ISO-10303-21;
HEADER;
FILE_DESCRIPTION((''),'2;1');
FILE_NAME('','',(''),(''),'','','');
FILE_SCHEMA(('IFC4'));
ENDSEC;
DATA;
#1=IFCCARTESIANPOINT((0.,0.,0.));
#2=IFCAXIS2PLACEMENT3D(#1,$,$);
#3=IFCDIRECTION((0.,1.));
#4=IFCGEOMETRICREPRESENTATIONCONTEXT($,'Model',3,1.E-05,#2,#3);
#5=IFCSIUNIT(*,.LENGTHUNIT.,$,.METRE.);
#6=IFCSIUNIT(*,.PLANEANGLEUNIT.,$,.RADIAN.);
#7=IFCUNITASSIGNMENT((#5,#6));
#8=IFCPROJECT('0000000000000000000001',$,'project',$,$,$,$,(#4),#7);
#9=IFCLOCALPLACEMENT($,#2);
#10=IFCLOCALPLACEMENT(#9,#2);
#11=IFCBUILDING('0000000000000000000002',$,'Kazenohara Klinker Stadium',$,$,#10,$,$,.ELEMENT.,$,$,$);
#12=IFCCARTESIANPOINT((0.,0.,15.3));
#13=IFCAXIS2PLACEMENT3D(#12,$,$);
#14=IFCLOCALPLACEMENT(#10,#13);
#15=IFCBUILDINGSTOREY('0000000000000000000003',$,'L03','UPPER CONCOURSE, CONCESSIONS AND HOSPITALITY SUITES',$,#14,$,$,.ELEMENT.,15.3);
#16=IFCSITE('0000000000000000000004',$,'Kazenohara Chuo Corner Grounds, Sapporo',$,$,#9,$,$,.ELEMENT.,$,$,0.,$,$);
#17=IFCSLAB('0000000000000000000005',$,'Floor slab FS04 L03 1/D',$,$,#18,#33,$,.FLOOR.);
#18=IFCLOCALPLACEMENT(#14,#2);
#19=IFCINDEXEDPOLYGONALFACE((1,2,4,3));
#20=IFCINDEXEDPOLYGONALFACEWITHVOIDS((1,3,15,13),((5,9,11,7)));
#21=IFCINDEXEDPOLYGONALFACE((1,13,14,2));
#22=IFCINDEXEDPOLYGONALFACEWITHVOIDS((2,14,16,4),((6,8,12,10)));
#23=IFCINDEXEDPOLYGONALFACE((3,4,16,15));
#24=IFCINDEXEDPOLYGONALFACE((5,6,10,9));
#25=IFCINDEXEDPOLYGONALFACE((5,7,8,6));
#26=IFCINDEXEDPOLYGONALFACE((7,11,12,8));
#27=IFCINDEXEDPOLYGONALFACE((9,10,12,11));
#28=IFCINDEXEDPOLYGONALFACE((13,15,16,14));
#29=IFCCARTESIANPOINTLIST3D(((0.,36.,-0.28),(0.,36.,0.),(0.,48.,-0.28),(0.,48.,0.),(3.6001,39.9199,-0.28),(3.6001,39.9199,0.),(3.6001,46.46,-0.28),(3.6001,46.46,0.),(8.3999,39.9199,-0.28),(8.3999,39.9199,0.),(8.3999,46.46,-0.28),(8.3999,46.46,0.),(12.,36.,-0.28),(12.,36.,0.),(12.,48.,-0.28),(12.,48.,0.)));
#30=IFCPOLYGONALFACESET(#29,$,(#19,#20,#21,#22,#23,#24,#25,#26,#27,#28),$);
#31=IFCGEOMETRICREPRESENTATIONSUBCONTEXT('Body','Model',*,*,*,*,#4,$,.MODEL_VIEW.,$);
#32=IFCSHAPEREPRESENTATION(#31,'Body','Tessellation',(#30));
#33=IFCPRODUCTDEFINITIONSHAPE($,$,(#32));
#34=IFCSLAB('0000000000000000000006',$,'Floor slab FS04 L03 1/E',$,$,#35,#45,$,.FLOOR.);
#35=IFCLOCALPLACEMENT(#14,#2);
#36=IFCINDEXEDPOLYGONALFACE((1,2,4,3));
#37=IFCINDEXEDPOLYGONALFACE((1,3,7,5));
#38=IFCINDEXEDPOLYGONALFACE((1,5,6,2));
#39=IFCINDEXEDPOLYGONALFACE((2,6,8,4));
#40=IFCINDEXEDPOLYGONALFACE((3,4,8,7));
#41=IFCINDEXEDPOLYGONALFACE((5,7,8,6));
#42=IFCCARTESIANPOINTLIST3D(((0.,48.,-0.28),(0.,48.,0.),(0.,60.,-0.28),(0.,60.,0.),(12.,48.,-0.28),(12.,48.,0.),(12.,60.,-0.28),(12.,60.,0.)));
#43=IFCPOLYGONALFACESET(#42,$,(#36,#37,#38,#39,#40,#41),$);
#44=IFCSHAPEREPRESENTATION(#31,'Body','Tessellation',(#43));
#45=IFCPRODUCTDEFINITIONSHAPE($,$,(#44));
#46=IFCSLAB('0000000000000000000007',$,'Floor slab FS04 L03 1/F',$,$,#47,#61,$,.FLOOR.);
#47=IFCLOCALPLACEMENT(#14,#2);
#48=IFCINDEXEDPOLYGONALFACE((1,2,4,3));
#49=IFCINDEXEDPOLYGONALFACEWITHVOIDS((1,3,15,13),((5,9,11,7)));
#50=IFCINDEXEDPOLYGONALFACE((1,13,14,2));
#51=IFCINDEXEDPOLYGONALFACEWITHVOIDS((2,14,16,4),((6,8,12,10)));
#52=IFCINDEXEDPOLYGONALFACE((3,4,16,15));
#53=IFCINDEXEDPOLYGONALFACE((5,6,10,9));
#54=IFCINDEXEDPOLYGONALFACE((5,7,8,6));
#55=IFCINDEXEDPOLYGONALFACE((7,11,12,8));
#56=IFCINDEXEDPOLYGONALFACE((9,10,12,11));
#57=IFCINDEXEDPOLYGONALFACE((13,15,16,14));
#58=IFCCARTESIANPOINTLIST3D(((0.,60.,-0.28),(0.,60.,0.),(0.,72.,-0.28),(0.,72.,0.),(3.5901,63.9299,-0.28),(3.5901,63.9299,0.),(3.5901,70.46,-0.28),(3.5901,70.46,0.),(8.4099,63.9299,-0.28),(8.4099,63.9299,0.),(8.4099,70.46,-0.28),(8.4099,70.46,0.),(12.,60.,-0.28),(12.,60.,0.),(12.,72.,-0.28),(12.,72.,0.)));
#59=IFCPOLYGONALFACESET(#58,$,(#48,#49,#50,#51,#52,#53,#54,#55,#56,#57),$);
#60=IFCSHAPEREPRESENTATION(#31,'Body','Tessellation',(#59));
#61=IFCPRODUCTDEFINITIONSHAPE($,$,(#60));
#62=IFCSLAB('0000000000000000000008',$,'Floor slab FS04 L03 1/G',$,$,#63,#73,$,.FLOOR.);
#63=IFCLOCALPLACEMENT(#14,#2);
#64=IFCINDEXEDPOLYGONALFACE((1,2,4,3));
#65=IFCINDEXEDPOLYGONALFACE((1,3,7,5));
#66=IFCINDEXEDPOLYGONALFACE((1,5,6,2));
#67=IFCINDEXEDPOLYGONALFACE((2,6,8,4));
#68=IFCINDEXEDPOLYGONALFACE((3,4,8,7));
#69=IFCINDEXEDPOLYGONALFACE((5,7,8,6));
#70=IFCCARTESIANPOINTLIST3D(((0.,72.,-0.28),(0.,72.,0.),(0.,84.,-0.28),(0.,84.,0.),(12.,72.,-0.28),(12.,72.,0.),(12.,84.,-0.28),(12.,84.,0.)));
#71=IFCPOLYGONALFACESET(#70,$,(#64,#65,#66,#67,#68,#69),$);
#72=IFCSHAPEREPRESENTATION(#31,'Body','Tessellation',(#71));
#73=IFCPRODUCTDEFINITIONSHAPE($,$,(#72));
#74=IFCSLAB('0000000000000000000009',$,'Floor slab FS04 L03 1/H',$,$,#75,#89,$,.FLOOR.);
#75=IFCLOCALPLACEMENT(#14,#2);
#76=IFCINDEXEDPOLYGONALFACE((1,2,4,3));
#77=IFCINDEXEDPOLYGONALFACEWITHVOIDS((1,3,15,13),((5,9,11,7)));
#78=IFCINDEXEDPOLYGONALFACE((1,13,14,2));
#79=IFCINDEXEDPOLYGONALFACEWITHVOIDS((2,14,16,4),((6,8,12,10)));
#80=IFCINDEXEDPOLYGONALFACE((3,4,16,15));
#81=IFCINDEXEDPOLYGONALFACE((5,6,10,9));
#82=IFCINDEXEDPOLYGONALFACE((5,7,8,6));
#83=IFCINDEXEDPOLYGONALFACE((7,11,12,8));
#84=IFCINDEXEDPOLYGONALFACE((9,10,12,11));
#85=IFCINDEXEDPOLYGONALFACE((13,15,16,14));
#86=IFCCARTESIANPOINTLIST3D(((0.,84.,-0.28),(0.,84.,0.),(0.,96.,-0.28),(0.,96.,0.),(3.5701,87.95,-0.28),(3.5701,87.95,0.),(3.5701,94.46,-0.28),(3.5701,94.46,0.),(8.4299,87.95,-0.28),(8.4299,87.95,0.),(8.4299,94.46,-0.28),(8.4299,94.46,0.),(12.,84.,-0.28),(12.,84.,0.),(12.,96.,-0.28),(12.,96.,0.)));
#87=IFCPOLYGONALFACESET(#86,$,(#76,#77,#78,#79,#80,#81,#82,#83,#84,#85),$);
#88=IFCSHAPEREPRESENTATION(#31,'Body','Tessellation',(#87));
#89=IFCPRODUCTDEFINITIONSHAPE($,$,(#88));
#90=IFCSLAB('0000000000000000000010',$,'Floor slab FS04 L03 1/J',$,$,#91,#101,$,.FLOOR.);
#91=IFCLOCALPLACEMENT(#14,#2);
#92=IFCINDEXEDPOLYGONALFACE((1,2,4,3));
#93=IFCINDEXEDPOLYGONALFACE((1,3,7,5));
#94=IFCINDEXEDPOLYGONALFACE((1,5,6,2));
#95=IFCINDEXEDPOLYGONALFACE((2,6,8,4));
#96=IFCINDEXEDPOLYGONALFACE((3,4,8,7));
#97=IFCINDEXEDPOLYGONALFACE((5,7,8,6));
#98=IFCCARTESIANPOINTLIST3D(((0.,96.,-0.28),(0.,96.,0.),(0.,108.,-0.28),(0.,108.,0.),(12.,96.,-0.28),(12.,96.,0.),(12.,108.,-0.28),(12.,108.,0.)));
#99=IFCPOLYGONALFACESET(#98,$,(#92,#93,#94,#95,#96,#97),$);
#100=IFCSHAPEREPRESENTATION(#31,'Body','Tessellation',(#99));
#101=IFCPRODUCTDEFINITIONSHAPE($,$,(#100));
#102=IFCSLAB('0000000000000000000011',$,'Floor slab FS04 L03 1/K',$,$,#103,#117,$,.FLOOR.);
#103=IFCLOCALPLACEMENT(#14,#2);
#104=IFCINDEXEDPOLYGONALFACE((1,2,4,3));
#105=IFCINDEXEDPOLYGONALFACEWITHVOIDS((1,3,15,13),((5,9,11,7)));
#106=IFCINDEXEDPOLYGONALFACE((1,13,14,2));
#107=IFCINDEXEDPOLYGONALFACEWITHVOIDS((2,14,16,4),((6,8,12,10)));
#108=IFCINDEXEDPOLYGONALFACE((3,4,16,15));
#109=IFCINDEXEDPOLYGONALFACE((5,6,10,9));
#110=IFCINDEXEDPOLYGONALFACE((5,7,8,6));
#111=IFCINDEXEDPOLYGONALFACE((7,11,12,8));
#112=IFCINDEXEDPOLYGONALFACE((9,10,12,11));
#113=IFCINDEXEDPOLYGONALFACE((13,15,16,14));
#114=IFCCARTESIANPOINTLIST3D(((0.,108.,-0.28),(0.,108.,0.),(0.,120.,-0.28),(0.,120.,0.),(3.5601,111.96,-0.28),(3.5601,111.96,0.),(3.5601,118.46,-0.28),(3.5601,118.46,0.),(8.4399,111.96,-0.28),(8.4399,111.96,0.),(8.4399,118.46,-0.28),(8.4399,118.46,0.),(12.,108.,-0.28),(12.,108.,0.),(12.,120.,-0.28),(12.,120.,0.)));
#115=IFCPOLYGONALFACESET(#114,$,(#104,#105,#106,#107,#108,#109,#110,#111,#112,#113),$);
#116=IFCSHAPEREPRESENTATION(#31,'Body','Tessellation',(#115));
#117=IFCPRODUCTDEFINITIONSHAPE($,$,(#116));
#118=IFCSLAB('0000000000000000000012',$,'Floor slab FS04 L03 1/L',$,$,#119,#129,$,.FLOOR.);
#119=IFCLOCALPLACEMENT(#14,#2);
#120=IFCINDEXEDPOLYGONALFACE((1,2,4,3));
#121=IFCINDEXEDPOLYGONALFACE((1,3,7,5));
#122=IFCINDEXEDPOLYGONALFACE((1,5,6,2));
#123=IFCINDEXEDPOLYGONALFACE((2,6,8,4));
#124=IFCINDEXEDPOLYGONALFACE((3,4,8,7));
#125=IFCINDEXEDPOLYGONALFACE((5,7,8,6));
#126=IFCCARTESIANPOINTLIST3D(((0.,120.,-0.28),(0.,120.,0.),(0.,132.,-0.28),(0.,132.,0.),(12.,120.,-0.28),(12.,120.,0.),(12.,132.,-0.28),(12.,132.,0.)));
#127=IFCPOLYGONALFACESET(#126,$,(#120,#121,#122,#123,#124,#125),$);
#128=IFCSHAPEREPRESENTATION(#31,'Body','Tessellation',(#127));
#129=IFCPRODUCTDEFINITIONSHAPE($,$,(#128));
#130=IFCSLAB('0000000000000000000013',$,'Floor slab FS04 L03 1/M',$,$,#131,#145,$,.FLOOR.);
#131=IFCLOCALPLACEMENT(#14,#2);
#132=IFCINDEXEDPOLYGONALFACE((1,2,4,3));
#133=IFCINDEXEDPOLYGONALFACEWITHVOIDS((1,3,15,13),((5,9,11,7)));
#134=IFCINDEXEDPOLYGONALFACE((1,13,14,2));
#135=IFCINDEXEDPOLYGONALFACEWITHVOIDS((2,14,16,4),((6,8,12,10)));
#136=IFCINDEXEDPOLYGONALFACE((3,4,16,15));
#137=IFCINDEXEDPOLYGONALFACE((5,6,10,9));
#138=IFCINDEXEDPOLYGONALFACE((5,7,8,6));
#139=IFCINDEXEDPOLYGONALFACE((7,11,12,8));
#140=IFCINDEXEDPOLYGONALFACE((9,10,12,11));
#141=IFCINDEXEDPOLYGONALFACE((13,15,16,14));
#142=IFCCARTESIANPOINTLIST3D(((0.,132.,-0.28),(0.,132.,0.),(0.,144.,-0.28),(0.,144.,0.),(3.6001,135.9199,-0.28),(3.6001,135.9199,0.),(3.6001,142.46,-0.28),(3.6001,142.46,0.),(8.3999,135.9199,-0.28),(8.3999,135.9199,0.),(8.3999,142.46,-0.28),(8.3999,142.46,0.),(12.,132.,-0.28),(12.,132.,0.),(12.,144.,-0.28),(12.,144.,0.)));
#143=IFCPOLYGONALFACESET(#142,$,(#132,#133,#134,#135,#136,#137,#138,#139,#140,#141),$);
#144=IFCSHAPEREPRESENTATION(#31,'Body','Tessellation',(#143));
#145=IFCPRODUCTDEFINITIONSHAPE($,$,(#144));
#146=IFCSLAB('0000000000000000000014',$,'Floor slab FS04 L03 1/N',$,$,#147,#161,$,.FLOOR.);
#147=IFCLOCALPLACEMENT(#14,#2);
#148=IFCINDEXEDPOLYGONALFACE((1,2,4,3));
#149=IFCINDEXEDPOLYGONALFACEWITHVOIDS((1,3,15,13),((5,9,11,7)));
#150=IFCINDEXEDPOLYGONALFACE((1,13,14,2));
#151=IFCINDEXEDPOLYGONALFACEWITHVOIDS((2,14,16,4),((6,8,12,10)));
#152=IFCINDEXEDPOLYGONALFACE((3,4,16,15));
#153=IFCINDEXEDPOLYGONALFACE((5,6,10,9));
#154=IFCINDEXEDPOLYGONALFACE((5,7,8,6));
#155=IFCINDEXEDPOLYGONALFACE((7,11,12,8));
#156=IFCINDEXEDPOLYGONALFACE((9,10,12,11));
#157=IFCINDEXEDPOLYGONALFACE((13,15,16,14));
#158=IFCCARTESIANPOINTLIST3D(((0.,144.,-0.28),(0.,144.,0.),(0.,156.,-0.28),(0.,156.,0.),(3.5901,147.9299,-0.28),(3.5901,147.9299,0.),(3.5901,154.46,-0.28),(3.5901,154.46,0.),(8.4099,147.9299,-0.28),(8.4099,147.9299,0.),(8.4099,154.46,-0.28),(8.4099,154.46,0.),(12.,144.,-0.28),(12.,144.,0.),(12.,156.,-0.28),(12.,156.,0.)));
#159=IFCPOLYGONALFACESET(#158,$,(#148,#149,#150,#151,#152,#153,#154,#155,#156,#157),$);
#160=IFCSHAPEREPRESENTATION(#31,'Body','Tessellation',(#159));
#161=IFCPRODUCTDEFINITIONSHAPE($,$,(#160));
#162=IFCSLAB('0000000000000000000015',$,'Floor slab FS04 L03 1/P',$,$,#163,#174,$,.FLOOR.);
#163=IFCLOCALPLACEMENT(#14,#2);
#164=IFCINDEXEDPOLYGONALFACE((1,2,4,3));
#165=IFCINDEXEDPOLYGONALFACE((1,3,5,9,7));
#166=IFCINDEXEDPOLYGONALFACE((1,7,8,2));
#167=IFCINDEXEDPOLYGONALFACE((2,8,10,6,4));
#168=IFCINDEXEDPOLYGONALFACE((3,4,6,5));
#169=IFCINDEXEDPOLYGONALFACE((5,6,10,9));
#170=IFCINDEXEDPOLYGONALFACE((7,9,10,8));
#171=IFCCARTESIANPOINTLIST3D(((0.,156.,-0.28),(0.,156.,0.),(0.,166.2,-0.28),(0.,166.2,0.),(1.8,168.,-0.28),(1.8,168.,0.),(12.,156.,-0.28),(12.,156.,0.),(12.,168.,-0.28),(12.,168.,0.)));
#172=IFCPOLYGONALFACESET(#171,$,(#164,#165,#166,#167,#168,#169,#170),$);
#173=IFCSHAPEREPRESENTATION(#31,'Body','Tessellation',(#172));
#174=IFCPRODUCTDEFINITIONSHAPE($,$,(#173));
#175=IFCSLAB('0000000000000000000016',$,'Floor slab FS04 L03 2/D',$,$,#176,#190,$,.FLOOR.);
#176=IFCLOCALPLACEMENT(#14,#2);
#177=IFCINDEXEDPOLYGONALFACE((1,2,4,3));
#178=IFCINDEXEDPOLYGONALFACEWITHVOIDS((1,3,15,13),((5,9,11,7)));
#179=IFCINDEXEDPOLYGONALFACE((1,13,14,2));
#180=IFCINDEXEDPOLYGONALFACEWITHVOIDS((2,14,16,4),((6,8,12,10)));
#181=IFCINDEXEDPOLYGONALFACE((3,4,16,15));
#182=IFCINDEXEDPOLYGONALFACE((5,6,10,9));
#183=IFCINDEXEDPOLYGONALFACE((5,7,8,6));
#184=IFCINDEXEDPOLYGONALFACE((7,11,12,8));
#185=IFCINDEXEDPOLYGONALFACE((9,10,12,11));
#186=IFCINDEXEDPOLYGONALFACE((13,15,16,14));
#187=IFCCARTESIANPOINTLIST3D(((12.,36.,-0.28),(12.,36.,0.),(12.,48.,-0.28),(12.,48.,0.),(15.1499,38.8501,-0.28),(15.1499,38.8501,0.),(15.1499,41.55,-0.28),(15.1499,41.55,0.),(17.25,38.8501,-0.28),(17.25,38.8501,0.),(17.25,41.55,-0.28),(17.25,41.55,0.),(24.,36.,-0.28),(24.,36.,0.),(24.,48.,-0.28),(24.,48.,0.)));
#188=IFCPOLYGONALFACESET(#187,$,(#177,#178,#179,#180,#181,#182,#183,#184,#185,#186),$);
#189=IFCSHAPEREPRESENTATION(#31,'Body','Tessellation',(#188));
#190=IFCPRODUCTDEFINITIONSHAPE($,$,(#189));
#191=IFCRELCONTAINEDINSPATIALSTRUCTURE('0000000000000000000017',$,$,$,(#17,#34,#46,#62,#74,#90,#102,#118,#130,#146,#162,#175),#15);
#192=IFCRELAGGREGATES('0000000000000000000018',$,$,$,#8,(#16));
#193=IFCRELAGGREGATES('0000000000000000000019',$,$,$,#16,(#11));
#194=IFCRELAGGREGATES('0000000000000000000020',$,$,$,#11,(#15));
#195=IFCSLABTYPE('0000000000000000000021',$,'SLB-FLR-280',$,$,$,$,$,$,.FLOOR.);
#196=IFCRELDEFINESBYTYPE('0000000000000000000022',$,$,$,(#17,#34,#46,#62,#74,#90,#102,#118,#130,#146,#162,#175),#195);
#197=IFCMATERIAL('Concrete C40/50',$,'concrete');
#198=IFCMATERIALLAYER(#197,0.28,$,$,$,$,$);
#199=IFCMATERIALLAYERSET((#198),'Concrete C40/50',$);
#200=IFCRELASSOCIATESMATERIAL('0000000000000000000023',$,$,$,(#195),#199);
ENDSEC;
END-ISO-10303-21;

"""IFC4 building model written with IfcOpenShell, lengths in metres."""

from ifc_helpers import new_model, si_unit, direction, frame, origin, place, context, subcontext, project, spatial, polyline, outline, extrude, material, layer, layer_set, type_object, element, save


model = new_model("IFC4")

# Units and contexts
model_context = context("Model", 3, precision=1e-05, world=origin(), true_north=direction((0.0, 1.0)))
body_context = subcontext(model_context, "Body", "Model", "MODEL_VIEW")
ifc_project = project(units=[si_unit("LENGTHUNIT", "METRE"), si_unit("PLANEANGLEUNIT", "RADIAN")], contexts=[model_context])

# Site, building, storey
site_placement = place(None, origin())
site = spatial("IfcSite", under=ifc_project, at=site_placement, Name="Kazenohara Chuo Corner Grounds, Sapporo", CompositionType="ELEMENT", RefElevation=0.0)
building_placement = place(site_placement, origin())
building = spatial("IfcBuilding", under=site, at=building_placement, Name="Kazenohara Klinker Stadium", CompositionType="ELEMENT")
storey_placement = place(building_placement, frame((0.0, 0.0, 15.3)))
storey = spatial("IfcBuildingStorey", under=building, at=storey_placement, Name="L03", Description="UPPER CONCOURSE, CONCESSIONS AND HOSPITALITY SUITES", CompositionType="ELEMENT", Elevation=15.3)

# Slabs
ifc_material = material(Name="Concrete C40/50", Category="concrete")
ifc_layer = layer(ifc_material, 0.28)
ifc_layer_set = layer_set([ifc_layer], Name="Concrete C40/50")
slab_type = type_object("IfcSlabType", Name="SLB-FLR-280", PredefinedType="FLOOR", material=ifc_layer_set)
slab_1_placement = place(storey_placement, frame((0.0, 0.0, -0.28)))
element("IfcSlab", 1, at=slab_1_placement, inside=storey, type_object=slab_type, Name="Floor slab FS04 L03 1/D", PredefinedType="FLOOR", context=body_context, shape_type="SweptSolid", body=[
    extrude(outline(polyline([(0.0, 36.0), (12.0, 36.0), (12.0, 48.0), (0.0, 48.0), (0.0, 36.0)]), holes=[polyline([(8.3999, 39.9199), (8.3999, 46.46), (3.6001, 46.46), (3.6001, 39.9199), (8.3999, 39.9199)])]), origin(), (0.0, 0.0, 1.0), 0.28),
])
slab_2_placement = place(storey_placement, frame((0.0, 0.0, -0.28)))
element("IfcSlab", 2, at=slab_2_placement, inside=storey, type_object=slab_type, Name="Floor slab FS04 L03 1/E", PredefinedType="FLOOR", context=body_context, shape_type="SweptSolid", body=[
    extrude(outline(polyline([(0.0, 48.0), (12.0, 48.0), (12.0, 60.0), (0.0, 60.0), (0.0, 48.0)])), origin(), (0.0, 0.0, 1.0), 0.28),
])
slab_3_placement = place(storey_placement, frame((0.0, 0.0, -0.28)))
element("IfcSlab", 3, at=slab_3_placement, inside=storey, type_object=slab_type, Name="Floor slab FS04 L03 1/F", PredefinedType="FLOOR", context=body_context, shape_type="SweptSolid", body=[
    extrude(outline(polyline([(0.0, 60.0), (12.0, 60.0), (12.0, 72.0), (0.0, 72.0), (0.0, 60.0)]), holes=[polyline([(8.4099, 63.9299), (8.4099, 70.46), (3.5901, 70.46), (3.5901, 63.9299), (8.4099, 63.9299)])]), origin(), (0.0, 0.0, 1.0), 0.28),
])
slab_4_placement = place(storey_placement, frame((0.0, 0.0, -0.28)))
element("IfcSlab", 4, at=slab_4_placement, inside=storey, type_object=slab_type, Name="Floor slab FS04 L03 1/G", PredefinedType="FLOOR", context=body_context, shape_type="SweptSolid", body=[
    extrude(outline(polyline([(0.0, 72.0), (12.0, 72.0), (12.0, 84.0), (0.0, 84.0), (0.0, 72.0)])), origin(), (0.0, 0.0, 1.0), 0.28),
])
slab_5_placement = place(storey_placement, frame((0.0, 0.0, -0.28)))
element("IfcSlab", 5, at=slab_5_placement, inside=storey, type_object=slab_type, Name="Floor slab FS04 L03 1/H", PredefinedType="FLOOR", context=body_context, shape_type="SweptSolid", body=[
    extrude(outline(polyline([(0.0, 84.0), (12.0, 84.0), (12.0, 96.0), (0.0, 96.0), (0.0, 84.0)]), holes=[polyline([(8.4299, 87.95), (8.4299, 94.46), (3.5701, 94.46), (3.5701, 87.95), (8.4299, 87.95)])]), origin(), (0.0, 0.0, 1.0), 0.28),
])
slab_6_placement = place(storey_placement, frame((0.0, 0.0, -0.28)))
element("IfcSlab", 6, at=slab_6_placement, inside=storey, type_object=slab_type, Name="Floor slab FS04 L03 1/J", PredefinedType="FLOOR", context=body_context, shape_type="SweptSolid", body=[
    extrude(outline(polyline([(0.0, 96.0), (12.0, 96.0), (12.0, 108.0), (0.0, 108.0), (0.0, 96.0)])), origin(), (0.0, 0.0, 1.0), 0.28),
])
slab_7_placement = place(storey_placement, frame((0.0, 0.0, -0.28)))
element("IfcSlab", 7, at=slab_7_placement, inside=storey, type_object=slab_type, Name="Floor slab FS04 L03 1/K", PredefinedType="FLOOR", context=body_context, shape_type="SweptSolid", body=[
    extrude(outline(polyline([(0.0, 108.0), (12.0, 108.0), (12.0, 120.0), (0.0, 120.0), (0.0, 108.0)]), holes=[polyline([(8.4399, 111.96), (8.4399, 118.46), (3.5601, 118.46), (3.5601, 111.96), (8.4399, 111.96)])]), origin(), (0.0, 0.0, 1.0), 0.28),
])
slab_8_placement = place(storey_placement, frame((0.0, 0.0, -0.28)))
element("IfcSlab", 8, at=slab_8_placement, inside=storey, type_object=slab_type, Name="Floor slab FS04 L03 1/L", PredefinedType="FLOOR", context=body_context, shape_type="SweptSolid", body=[
    extrude(outline(polyline([(0.0, 120.0), (12.0, 120.0), (12.0, 132.0), (0.0, 132.0), (0.0, 120.0)])), origin(), (0.0, 0.0, 1.0), 0.28),
])
slab_9_placement = place(storey_placement, frame((0.0, 0.0, -0.28)))
element("IfcSlab", 9, at=slab_9_placement, inside=storey, type_object=slab_type, Name="Floor slab FS04 L03 1/M", PredefinedType="FLOOR", context=body_context, shape_type="SweptSolid", body=[
    extrude(outline(polyline([(0.0, 132.0), (12.0, 132.0), (12.0, 144.0), (0.0, 144.0), (0.0, 132.0)]), holes=[polyline([(8.3999, 135.9199), (8.3999, 142.46), (3.6001, 142.46), (3.6001, 135.9199), (8.3999, 135.9199)])]), origin(), (0.0, 0.0, 1.0), 0.28),
])
slab_10_placement = place(storey_placement, frame((0.0, 0.0, -0.28)))
element("IfcSlab", 10, at=slab_10_placement, inside=storey, type_object=slab_type, Name="Floor slab FS04 L03 1/N", PredefinedType="FLOOR", context=body_context, shape_type="SweptSolid", body=[
    extrude(outline(polyline([(0.0, 144.0), (12.0, 144.0), (12.0, 156.0), (0.0, 156.0), (0.0, 144.0)]), holes=[polyline([(8.4099, 147.9299), (8.4099, 154.46), (3.5901, 154.46), (3.5901, 147.9299), (8.4099, 147.9299)])]), origin(), (0.0, 0.0, 1.0), 0.28),
])
slab_11_placement = place(storey_placement, frame((0.0, 0.0, -0.28)))
element("IfcSlab", 11, at=slab_11_placement, inside=storey, type_object=slab_type, Name="Floor slab FS04 L03 1/P", PredefinedType="FLOOR", context=body_context, shape_type="SweptSolid", body=[
    extrude(outline(polyline([(0.0, 156.0), (12.0, 156.0), (12.0, 168.0), (1.8, 168.0), (0.0, 166.2), (0.0, 156.0)])), origin(), (0.0, 0.0, 1.0), 0.28),
])
slab_12_placement = place(storey_placement, frame((0.0, 0.0, -0.28)))
element("IfcSlab", 12, at=slab_12_placement, inside=storey, type_object=slab_type, Name="Floor slab FS04 L03 2/D", PredefinedType="FLOOR", context=body_context, shape_type="SweptSolid", body=[
    extrude(outline(polyline([(12.0, 36.0), (24.0, 36.0), (24.0, 48.0), (12.0, 48.0), (12.0, 36.0)]), holes=[polyline([(15.1499, 38.8501), (17.25, 38.8501), (17.25, 41.55), (15.1499, 41.55), (15.1499, 38.8501)])]), origin(), (0.0, 0.0, 1.0), 0.28),
])

save(model, "model.ifc")
